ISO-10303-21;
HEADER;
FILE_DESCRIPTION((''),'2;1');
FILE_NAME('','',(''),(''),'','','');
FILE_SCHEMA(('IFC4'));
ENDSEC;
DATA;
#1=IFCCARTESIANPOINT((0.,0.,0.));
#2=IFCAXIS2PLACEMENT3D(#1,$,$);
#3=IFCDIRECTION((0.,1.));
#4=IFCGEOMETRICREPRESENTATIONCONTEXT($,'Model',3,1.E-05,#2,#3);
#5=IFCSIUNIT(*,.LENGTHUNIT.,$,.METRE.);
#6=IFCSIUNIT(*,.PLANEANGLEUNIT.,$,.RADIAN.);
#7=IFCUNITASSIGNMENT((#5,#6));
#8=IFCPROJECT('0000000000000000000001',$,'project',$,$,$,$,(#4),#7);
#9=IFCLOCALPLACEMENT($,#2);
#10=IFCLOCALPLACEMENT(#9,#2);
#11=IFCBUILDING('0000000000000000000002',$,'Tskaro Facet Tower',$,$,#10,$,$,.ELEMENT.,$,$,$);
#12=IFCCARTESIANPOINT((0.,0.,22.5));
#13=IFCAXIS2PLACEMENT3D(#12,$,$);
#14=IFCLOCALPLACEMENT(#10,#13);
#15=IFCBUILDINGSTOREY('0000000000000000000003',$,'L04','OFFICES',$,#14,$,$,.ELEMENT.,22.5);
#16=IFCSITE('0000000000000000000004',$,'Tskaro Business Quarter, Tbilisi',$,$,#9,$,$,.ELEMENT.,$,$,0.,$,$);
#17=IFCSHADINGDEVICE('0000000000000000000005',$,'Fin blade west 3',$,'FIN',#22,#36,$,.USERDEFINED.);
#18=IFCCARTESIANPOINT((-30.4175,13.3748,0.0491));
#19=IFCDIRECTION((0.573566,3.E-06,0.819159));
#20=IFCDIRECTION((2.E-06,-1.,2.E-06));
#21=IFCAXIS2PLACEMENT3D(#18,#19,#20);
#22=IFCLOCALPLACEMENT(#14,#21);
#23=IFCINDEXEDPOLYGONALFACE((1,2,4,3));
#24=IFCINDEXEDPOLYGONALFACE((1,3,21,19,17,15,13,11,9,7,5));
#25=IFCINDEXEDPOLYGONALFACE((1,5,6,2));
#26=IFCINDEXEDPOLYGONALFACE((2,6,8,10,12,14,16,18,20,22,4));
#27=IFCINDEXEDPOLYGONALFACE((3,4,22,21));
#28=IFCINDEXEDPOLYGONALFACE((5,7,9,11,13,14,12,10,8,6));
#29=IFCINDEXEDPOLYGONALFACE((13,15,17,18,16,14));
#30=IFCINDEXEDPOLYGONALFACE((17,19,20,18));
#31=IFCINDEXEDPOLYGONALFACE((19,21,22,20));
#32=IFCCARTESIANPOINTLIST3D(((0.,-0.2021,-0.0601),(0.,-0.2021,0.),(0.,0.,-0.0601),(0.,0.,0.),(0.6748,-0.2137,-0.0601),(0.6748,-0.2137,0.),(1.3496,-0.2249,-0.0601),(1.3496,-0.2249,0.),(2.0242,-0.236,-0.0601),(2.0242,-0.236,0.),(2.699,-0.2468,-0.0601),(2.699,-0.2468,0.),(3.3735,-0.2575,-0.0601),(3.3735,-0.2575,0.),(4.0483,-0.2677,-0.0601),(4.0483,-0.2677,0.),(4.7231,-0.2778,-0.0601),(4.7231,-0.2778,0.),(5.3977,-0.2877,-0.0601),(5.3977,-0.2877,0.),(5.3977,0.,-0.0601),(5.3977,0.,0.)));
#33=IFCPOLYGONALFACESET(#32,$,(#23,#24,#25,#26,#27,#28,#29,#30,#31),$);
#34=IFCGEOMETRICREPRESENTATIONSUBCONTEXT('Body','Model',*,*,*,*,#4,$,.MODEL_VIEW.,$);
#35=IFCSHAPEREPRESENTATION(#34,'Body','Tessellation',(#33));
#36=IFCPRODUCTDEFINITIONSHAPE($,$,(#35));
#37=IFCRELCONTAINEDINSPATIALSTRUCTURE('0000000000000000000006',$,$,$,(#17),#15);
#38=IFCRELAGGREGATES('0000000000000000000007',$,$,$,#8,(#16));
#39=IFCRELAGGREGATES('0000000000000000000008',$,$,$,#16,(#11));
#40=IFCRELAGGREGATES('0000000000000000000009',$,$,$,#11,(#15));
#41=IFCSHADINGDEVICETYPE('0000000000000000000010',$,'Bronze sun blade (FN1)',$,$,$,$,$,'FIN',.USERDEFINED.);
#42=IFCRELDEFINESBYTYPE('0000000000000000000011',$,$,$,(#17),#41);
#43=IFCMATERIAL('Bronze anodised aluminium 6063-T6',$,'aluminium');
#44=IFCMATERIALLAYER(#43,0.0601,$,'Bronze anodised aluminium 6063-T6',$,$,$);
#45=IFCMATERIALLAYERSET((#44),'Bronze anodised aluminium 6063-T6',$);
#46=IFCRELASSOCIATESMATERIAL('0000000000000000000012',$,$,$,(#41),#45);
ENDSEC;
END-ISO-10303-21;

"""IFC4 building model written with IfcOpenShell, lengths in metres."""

from ifc_helpers import new_model, si_unit, direction, frame, origin, place, context, subcontext, project, spatial, polyline, outline, extrude, material, layer, layer_set, type_object, element, save


model = new_model("IFC4")

# Units and contexts
model_context = context("Model", 3, precision=1e-05, world=origin(), true_north=direction((0.0, 1.0)))
body_context = subcontext(model_context, "Body", "Model", "MODEL_VIEW")
ifc_project = project(units=[si_unit("LENGTHUNIT", "METRE"), si_unit("PLANEANGLEUNIT", "RADIAN")], contexts=[model_context])

# Site, building, storey
site_placement = place(None, origin())
site = spatial("IfcSite", under=ifc_project, at=site_placement, Name="Tskaro Business Quarter, Tbilisi", CompositionType="ELEMENT", RefElevation=0.0)
building_placement = place(site_placement, origin())
building = spatial("IfcBuilding", under=site, at=building_placement, Name="Tskaro Facet Tower", CompositionType="ELEMENT")
storey_placement = place(building_placement, frame((0.0, 0.0, 22.5)))
storey = spatial("IfcBuildingStorey", under=building, at=storey_placement, Name="L04", Description="OFFICES", CompositionType="ELEMENT", Elevation=22.5)

# Shared definitions
ifc_material_1 = material(Name="Bronze anodised aluminium 6063-T6", Category="aluminium")

# Shading device
ifc_layer_1 = layer(ifc_material_1, 0.0601, Name="Bronze anodised aluminium 6063-T6")
ifc_layer_set_1 = layer_set([ifc_layer_1], Name="Bronze anodised aluminium 6063-T6")
shading_device_type = type_object("IfcShadingDeviceType", Name="Bronze sun blade (FN1)", ElementType="FIN", PredefinedType="USERDEFINED", material=ifc_layer_set_1)
shading_device_1_placement = place(storey_placement, frame((-30.4175, 13.3748, 0.0491), z_axis=(0.573566, 0.000003, 0.819159), x_axis=(0.000002, -1.0, 0.000002)))
element("IfcShadingDevice", 1, at=shading_device_1_placement, inside=storey, type_object=shading_device_type, Name="Fin blade west 3", ObjectType="FIN", PredefinedType="USERDEFINED", context=body_context, shape_type="SweptSolid", body=[
    extrude(outline(polyline([(0.0, 0.0), (5.3977, 0.0), (5.3977, -0.2877), (4.7231, -0.2778), (4.0483, -0.2677), (3.3735, -0.2575), (2.699, -0.2468), (2.0242, -0.236), (1.3496, -0.2249), (0.6748, -0.2137), (0.0, -0.2021), (0.0, 0.0)])), origin(), (0.0, 0.0, -1.0), 0.0601),
])

save(model, "model.ifc")
